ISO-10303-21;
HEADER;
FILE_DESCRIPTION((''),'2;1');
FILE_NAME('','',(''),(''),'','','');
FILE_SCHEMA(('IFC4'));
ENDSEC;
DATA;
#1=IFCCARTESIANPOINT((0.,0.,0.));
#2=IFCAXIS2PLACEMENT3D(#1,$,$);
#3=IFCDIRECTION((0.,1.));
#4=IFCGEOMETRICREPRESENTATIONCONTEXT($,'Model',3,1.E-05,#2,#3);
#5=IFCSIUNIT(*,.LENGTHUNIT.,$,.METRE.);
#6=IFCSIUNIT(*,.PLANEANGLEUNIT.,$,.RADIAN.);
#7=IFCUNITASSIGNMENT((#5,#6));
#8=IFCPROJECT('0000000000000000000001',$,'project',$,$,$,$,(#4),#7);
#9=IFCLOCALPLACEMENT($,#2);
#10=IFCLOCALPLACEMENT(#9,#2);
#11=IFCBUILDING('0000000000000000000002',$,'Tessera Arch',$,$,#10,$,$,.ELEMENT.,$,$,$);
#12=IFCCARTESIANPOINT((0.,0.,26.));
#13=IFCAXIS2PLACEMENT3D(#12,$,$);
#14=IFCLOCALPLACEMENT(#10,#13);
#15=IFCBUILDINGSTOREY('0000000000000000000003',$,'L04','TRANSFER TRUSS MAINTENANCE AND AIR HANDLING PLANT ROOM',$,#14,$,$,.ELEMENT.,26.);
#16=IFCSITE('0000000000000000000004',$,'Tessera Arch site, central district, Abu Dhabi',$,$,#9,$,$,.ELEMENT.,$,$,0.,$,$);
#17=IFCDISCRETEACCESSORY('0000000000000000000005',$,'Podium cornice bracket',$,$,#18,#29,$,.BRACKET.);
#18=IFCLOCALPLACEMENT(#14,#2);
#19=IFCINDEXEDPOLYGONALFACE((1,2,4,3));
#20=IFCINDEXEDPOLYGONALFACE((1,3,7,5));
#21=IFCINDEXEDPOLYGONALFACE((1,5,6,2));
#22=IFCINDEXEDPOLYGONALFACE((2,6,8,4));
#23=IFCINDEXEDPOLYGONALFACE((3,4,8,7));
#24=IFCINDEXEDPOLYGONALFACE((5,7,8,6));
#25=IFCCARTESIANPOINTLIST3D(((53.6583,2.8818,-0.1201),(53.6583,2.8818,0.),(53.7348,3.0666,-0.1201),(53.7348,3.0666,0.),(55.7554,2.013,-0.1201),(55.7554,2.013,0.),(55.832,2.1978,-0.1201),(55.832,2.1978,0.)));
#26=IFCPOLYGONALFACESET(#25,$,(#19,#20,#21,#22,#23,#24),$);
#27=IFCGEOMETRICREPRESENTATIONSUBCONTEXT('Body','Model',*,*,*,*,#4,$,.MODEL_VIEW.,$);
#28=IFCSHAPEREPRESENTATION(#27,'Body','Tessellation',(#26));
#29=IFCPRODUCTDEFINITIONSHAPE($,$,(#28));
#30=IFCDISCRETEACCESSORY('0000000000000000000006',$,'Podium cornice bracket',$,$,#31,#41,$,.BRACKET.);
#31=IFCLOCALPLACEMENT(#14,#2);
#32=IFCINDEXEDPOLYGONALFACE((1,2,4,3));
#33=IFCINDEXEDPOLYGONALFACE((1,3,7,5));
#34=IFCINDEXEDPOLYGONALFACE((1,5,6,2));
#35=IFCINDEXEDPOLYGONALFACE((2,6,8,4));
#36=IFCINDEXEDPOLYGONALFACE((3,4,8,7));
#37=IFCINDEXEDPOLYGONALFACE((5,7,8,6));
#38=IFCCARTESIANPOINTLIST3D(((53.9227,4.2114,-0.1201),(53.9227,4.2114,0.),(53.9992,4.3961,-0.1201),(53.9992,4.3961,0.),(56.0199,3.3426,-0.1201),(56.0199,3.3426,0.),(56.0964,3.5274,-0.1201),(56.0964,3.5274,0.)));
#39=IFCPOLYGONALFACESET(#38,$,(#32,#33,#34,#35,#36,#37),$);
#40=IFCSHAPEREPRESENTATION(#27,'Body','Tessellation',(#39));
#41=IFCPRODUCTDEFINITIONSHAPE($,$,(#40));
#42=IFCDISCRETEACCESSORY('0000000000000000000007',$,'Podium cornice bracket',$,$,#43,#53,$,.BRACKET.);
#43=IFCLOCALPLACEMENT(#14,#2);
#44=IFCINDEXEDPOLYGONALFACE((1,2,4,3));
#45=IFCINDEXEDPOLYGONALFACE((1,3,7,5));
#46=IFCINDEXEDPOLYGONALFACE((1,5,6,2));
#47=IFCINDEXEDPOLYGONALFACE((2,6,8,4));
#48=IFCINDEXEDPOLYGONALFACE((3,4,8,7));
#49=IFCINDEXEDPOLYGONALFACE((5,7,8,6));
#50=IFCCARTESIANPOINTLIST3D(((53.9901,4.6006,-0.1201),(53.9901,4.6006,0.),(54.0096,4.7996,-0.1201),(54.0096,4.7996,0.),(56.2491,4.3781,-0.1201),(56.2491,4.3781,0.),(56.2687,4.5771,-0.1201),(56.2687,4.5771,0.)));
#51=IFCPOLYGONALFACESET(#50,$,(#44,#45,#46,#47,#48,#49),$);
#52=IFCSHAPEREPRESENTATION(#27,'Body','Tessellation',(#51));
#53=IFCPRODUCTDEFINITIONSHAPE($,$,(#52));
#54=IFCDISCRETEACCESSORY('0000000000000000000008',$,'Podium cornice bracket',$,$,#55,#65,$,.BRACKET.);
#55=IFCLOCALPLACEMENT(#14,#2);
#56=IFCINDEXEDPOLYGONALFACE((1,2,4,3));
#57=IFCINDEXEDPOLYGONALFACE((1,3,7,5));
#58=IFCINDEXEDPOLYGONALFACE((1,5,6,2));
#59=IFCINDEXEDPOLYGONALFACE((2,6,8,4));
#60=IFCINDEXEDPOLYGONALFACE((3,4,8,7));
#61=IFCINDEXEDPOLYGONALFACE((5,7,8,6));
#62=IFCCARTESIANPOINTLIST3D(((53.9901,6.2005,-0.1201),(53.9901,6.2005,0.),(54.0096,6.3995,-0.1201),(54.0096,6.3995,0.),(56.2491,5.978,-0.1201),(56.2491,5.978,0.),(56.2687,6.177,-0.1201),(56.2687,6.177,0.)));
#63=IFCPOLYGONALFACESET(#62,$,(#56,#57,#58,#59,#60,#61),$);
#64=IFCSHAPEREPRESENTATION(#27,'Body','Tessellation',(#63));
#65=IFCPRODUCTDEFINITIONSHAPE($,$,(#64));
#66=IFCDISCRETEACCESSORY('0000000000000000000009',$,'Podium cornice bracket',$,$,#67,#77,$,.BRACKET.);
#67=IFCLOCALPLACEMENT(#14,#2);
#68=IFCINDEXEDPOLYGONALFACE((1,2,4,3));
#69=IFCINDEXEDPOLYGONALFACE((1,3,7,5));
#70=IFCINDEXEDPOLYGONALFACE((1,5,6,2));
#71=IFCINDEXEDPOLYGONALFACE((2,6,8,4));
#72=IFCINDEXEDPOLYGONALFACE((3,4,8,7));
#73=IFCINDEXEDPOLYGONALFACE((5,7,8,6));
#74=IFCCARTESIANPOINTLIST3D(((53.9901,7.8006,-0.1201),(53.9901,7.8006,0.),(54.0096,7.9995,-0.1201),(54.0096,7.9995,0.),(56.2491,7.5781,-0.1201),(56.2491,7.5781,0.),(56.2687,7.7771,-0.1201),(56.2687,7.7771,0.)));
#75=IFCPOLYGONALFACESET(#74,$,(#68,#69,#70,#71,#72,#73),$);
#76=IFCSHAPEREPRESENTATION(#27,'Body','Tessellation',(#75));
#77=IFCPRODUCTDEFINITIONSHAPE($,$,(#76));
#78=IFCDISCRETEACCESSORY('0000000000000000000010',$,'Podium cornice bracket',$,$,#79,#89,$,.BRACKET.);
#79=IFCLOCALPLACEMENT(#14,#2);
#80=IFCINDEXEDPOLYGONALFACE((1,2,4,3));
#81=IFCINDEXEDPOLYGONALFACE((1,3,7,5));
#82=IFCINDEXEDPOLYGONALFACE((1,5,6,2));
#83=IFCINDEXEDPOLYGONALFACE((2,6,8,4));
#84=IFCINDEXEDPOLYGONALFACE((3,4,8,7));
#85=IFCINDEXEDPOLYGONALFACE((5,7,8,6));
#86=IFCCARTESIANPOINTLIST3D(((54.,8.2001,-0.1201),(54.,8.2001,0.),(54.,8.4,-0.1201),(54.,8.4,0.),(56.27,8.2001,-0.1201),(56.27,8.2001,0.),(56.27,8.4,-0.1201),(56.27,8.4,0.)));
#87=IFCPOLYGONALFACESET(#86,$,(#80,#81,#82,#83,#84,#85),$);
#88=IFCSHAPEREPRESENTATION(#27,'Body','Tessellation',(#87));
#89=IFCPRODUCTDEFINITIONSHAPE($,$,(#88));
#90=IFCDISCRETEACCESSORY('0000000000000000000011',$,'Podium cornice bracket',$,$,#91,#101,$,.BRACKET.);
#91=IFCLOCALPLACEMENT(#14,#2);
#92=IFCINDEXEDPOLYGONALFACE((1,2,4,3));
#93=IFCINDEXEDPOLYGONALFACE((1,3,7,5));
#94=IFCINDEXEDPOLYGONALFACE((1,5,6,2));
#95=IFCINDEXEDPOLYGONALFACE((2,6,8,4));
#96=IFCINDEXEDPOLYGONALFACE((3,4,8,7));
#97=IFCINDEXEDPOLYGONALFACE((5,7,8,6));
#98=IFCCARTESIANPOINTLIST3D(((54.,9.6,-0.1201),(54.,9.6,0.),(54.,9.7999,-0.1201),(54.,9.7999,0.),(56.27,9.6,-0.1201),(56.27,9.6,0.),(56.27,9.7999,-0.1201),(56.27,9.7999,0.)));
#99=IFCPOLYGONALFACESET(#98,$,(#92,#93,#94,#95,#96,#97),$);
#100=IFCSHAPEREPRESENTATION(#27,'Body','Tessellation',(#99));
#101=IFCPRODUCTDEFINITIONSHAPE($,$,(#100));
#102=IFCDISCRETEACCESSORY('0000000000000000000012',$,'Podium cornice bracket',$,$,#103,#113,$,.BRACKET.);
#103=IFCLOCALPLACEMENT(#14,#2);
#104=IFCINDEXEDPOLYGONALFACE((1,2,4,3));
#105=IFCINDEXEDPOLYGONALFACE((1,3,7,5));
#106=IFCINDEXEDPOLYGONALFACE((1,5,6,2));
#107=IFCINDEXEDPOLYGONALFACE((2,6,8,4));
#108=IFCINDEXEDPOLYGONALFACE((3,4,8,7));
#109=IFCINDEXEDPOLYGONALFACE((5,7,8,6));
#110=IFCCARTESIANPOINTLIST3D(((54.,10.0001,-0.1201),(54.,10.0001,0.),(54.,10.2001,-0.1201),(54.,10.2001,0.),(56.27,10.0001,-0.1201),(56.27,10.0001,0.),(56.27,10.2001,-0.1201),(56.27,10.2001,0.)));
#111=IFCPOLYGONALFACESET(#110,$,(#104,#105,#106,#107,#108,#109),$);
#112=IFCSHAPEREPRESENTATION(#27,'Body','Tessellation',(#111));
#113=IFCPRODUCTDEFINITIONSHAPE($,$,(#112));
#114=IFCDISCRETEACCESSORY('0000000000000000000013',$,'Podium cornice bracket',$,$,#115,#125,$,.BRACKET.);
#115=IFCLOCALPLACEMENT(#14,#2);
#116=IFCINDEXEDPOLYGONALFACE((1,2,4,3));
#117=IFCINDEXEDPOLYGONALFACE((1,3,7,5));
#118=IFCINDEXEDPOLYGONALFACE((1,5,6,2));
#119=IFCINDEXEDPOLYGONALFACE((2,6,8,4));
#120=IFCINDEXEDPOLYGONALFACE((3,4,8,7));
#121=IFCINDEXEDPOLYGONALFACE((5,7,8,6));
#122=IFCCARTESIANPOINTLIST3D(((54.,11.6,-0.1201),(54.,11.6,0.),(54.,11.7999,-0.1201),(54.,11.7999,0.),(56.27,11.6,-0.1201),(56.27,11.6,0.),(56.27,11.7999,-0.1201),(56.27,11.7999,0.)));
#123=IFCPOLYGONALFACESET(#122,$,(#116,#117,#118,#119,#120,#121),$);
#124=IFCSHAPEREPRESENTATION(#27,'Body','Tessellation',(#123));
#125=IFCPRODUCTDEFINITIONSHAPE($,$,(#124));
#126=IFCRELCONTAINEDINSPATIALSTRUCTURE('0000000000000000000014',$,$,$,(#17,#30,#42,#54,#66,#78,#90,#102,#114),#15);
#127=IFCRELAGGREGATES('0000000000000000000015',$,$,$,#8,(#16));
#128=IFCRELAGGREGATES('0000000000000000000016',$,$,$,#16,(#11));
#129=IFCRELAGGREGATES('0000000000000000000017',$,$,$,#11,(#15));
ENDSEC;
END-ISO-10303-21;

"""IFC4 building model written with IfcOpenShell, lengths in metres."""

from ifc_helpers import new_model, si_unit, direction, frame, origin, origin_2d, place, context, subcontext, project, spatial, rectangle, extrude, element, save


model = new_model("IFC4")

# Units and contexts
model_context = context("Model", 3, precision=1e-05, world=origin(), true_north=direction((0.0, 1.0)))
body_context = subcontext(model_context, "Body", "Model", "MODEL_VIEW")
ifc_project = project(units=[si_unit("LENGTHUNIT", "METRE"), si_unit("PLANEANGLEUNIT", "RADIAN")], contexts=[model_context])

# Site, building, storey
site_placement = place(None, origin())
site = spatial("IfcSite", under=ifc_project, at=site_placement, Name="Tessera Arch site, central district, Abu Dhabi", CompositionType="ELEMENT", RefElevation=0.0)
building_placement = place(site_placement, origin())
building = spatial("IfcBuilding", under=site, at=building_placement, Name="Tessera Arch", CompositionType="ELEMENT")
storey_placement = place(building_placement, frame((0.0, 0.0, 26.0)))
storey = spatial("IfcBuildingStorey", under=building, at=storey_placement, Name="L04", Description="TRANSFER TRUSS MAINTENANCE AND AIR HANDLING PLANT ROOM", CompositionType="ELEMENT", Elevation=26.0)

# Discrete accessories
for number, where, z_axis, x_axis, name in (
    (1, (54.7451, 2.5398, -0.1201), (0.0, 0.0, 1.0), (0.923864, -0.382721, 0.0), "Podium cornice bracket"),
    (2, (55.0095, 3.8694, -0.1201), (0.0, 0.0, 1.0), (0.923864, -0.382721, 0.0), "Podium cornice bracket"),
    (3, (55.1294, 4.5889, -0.1201), (0.0, 0.0, 1.0), (0.995186, -0.098004, 0.0), "Podium cornice bracket"),
    (4, (55.1294, 6.1887, -0.1201), (0.0, 0.0, 1.0), (0.995186, -0.098004, 0.0), "Podium cornice bracket"),
    (5, (55.1294, 7.7888, -0.1201), (0.0, 0.0, 1.0), (0.995186, -0.098004, 0.0), "Podium cornice bracket"),
    (6, (55.135, 8.3, -0.1201), (0.0, 0.0, 1.0), (1.0, 0.0, 0.0), "Podium cornice bracket"),
    (7, (55.135, 9.7, -0.1201), (0.0, 0.0, 1.0), (1.0, 0.0, 0.0), "Podium cornice bracket"),
    (8, (55.135, 10.1001, -0.1201), (0.0, 0.0, 1.0), (1.0, 0.0, 0.0), "Podium cornice bracket"),
    (9, (55.135, 11.7, -0.1201), (0.0, 0.0, 1.0), (1.0, 0.0, 0.0), "Podium cornice bracket"),
):
    element("IfcDiscreteAccessory", number, at=place(storey_placement, frame(where, z_axis=z_axis, x_axis=x_axis)), inside=storey, Name=name, PredefinedType="BRACKET", context=body_context, shape_type="SweptSolid", body=[
        extrude(rectangle(XDim=2.27, YDim=0.2, at=origin_2d()), origin(), (0.0, 0.0, 1.0), 0.1201),
    ])

save(model, "model.ifc")
